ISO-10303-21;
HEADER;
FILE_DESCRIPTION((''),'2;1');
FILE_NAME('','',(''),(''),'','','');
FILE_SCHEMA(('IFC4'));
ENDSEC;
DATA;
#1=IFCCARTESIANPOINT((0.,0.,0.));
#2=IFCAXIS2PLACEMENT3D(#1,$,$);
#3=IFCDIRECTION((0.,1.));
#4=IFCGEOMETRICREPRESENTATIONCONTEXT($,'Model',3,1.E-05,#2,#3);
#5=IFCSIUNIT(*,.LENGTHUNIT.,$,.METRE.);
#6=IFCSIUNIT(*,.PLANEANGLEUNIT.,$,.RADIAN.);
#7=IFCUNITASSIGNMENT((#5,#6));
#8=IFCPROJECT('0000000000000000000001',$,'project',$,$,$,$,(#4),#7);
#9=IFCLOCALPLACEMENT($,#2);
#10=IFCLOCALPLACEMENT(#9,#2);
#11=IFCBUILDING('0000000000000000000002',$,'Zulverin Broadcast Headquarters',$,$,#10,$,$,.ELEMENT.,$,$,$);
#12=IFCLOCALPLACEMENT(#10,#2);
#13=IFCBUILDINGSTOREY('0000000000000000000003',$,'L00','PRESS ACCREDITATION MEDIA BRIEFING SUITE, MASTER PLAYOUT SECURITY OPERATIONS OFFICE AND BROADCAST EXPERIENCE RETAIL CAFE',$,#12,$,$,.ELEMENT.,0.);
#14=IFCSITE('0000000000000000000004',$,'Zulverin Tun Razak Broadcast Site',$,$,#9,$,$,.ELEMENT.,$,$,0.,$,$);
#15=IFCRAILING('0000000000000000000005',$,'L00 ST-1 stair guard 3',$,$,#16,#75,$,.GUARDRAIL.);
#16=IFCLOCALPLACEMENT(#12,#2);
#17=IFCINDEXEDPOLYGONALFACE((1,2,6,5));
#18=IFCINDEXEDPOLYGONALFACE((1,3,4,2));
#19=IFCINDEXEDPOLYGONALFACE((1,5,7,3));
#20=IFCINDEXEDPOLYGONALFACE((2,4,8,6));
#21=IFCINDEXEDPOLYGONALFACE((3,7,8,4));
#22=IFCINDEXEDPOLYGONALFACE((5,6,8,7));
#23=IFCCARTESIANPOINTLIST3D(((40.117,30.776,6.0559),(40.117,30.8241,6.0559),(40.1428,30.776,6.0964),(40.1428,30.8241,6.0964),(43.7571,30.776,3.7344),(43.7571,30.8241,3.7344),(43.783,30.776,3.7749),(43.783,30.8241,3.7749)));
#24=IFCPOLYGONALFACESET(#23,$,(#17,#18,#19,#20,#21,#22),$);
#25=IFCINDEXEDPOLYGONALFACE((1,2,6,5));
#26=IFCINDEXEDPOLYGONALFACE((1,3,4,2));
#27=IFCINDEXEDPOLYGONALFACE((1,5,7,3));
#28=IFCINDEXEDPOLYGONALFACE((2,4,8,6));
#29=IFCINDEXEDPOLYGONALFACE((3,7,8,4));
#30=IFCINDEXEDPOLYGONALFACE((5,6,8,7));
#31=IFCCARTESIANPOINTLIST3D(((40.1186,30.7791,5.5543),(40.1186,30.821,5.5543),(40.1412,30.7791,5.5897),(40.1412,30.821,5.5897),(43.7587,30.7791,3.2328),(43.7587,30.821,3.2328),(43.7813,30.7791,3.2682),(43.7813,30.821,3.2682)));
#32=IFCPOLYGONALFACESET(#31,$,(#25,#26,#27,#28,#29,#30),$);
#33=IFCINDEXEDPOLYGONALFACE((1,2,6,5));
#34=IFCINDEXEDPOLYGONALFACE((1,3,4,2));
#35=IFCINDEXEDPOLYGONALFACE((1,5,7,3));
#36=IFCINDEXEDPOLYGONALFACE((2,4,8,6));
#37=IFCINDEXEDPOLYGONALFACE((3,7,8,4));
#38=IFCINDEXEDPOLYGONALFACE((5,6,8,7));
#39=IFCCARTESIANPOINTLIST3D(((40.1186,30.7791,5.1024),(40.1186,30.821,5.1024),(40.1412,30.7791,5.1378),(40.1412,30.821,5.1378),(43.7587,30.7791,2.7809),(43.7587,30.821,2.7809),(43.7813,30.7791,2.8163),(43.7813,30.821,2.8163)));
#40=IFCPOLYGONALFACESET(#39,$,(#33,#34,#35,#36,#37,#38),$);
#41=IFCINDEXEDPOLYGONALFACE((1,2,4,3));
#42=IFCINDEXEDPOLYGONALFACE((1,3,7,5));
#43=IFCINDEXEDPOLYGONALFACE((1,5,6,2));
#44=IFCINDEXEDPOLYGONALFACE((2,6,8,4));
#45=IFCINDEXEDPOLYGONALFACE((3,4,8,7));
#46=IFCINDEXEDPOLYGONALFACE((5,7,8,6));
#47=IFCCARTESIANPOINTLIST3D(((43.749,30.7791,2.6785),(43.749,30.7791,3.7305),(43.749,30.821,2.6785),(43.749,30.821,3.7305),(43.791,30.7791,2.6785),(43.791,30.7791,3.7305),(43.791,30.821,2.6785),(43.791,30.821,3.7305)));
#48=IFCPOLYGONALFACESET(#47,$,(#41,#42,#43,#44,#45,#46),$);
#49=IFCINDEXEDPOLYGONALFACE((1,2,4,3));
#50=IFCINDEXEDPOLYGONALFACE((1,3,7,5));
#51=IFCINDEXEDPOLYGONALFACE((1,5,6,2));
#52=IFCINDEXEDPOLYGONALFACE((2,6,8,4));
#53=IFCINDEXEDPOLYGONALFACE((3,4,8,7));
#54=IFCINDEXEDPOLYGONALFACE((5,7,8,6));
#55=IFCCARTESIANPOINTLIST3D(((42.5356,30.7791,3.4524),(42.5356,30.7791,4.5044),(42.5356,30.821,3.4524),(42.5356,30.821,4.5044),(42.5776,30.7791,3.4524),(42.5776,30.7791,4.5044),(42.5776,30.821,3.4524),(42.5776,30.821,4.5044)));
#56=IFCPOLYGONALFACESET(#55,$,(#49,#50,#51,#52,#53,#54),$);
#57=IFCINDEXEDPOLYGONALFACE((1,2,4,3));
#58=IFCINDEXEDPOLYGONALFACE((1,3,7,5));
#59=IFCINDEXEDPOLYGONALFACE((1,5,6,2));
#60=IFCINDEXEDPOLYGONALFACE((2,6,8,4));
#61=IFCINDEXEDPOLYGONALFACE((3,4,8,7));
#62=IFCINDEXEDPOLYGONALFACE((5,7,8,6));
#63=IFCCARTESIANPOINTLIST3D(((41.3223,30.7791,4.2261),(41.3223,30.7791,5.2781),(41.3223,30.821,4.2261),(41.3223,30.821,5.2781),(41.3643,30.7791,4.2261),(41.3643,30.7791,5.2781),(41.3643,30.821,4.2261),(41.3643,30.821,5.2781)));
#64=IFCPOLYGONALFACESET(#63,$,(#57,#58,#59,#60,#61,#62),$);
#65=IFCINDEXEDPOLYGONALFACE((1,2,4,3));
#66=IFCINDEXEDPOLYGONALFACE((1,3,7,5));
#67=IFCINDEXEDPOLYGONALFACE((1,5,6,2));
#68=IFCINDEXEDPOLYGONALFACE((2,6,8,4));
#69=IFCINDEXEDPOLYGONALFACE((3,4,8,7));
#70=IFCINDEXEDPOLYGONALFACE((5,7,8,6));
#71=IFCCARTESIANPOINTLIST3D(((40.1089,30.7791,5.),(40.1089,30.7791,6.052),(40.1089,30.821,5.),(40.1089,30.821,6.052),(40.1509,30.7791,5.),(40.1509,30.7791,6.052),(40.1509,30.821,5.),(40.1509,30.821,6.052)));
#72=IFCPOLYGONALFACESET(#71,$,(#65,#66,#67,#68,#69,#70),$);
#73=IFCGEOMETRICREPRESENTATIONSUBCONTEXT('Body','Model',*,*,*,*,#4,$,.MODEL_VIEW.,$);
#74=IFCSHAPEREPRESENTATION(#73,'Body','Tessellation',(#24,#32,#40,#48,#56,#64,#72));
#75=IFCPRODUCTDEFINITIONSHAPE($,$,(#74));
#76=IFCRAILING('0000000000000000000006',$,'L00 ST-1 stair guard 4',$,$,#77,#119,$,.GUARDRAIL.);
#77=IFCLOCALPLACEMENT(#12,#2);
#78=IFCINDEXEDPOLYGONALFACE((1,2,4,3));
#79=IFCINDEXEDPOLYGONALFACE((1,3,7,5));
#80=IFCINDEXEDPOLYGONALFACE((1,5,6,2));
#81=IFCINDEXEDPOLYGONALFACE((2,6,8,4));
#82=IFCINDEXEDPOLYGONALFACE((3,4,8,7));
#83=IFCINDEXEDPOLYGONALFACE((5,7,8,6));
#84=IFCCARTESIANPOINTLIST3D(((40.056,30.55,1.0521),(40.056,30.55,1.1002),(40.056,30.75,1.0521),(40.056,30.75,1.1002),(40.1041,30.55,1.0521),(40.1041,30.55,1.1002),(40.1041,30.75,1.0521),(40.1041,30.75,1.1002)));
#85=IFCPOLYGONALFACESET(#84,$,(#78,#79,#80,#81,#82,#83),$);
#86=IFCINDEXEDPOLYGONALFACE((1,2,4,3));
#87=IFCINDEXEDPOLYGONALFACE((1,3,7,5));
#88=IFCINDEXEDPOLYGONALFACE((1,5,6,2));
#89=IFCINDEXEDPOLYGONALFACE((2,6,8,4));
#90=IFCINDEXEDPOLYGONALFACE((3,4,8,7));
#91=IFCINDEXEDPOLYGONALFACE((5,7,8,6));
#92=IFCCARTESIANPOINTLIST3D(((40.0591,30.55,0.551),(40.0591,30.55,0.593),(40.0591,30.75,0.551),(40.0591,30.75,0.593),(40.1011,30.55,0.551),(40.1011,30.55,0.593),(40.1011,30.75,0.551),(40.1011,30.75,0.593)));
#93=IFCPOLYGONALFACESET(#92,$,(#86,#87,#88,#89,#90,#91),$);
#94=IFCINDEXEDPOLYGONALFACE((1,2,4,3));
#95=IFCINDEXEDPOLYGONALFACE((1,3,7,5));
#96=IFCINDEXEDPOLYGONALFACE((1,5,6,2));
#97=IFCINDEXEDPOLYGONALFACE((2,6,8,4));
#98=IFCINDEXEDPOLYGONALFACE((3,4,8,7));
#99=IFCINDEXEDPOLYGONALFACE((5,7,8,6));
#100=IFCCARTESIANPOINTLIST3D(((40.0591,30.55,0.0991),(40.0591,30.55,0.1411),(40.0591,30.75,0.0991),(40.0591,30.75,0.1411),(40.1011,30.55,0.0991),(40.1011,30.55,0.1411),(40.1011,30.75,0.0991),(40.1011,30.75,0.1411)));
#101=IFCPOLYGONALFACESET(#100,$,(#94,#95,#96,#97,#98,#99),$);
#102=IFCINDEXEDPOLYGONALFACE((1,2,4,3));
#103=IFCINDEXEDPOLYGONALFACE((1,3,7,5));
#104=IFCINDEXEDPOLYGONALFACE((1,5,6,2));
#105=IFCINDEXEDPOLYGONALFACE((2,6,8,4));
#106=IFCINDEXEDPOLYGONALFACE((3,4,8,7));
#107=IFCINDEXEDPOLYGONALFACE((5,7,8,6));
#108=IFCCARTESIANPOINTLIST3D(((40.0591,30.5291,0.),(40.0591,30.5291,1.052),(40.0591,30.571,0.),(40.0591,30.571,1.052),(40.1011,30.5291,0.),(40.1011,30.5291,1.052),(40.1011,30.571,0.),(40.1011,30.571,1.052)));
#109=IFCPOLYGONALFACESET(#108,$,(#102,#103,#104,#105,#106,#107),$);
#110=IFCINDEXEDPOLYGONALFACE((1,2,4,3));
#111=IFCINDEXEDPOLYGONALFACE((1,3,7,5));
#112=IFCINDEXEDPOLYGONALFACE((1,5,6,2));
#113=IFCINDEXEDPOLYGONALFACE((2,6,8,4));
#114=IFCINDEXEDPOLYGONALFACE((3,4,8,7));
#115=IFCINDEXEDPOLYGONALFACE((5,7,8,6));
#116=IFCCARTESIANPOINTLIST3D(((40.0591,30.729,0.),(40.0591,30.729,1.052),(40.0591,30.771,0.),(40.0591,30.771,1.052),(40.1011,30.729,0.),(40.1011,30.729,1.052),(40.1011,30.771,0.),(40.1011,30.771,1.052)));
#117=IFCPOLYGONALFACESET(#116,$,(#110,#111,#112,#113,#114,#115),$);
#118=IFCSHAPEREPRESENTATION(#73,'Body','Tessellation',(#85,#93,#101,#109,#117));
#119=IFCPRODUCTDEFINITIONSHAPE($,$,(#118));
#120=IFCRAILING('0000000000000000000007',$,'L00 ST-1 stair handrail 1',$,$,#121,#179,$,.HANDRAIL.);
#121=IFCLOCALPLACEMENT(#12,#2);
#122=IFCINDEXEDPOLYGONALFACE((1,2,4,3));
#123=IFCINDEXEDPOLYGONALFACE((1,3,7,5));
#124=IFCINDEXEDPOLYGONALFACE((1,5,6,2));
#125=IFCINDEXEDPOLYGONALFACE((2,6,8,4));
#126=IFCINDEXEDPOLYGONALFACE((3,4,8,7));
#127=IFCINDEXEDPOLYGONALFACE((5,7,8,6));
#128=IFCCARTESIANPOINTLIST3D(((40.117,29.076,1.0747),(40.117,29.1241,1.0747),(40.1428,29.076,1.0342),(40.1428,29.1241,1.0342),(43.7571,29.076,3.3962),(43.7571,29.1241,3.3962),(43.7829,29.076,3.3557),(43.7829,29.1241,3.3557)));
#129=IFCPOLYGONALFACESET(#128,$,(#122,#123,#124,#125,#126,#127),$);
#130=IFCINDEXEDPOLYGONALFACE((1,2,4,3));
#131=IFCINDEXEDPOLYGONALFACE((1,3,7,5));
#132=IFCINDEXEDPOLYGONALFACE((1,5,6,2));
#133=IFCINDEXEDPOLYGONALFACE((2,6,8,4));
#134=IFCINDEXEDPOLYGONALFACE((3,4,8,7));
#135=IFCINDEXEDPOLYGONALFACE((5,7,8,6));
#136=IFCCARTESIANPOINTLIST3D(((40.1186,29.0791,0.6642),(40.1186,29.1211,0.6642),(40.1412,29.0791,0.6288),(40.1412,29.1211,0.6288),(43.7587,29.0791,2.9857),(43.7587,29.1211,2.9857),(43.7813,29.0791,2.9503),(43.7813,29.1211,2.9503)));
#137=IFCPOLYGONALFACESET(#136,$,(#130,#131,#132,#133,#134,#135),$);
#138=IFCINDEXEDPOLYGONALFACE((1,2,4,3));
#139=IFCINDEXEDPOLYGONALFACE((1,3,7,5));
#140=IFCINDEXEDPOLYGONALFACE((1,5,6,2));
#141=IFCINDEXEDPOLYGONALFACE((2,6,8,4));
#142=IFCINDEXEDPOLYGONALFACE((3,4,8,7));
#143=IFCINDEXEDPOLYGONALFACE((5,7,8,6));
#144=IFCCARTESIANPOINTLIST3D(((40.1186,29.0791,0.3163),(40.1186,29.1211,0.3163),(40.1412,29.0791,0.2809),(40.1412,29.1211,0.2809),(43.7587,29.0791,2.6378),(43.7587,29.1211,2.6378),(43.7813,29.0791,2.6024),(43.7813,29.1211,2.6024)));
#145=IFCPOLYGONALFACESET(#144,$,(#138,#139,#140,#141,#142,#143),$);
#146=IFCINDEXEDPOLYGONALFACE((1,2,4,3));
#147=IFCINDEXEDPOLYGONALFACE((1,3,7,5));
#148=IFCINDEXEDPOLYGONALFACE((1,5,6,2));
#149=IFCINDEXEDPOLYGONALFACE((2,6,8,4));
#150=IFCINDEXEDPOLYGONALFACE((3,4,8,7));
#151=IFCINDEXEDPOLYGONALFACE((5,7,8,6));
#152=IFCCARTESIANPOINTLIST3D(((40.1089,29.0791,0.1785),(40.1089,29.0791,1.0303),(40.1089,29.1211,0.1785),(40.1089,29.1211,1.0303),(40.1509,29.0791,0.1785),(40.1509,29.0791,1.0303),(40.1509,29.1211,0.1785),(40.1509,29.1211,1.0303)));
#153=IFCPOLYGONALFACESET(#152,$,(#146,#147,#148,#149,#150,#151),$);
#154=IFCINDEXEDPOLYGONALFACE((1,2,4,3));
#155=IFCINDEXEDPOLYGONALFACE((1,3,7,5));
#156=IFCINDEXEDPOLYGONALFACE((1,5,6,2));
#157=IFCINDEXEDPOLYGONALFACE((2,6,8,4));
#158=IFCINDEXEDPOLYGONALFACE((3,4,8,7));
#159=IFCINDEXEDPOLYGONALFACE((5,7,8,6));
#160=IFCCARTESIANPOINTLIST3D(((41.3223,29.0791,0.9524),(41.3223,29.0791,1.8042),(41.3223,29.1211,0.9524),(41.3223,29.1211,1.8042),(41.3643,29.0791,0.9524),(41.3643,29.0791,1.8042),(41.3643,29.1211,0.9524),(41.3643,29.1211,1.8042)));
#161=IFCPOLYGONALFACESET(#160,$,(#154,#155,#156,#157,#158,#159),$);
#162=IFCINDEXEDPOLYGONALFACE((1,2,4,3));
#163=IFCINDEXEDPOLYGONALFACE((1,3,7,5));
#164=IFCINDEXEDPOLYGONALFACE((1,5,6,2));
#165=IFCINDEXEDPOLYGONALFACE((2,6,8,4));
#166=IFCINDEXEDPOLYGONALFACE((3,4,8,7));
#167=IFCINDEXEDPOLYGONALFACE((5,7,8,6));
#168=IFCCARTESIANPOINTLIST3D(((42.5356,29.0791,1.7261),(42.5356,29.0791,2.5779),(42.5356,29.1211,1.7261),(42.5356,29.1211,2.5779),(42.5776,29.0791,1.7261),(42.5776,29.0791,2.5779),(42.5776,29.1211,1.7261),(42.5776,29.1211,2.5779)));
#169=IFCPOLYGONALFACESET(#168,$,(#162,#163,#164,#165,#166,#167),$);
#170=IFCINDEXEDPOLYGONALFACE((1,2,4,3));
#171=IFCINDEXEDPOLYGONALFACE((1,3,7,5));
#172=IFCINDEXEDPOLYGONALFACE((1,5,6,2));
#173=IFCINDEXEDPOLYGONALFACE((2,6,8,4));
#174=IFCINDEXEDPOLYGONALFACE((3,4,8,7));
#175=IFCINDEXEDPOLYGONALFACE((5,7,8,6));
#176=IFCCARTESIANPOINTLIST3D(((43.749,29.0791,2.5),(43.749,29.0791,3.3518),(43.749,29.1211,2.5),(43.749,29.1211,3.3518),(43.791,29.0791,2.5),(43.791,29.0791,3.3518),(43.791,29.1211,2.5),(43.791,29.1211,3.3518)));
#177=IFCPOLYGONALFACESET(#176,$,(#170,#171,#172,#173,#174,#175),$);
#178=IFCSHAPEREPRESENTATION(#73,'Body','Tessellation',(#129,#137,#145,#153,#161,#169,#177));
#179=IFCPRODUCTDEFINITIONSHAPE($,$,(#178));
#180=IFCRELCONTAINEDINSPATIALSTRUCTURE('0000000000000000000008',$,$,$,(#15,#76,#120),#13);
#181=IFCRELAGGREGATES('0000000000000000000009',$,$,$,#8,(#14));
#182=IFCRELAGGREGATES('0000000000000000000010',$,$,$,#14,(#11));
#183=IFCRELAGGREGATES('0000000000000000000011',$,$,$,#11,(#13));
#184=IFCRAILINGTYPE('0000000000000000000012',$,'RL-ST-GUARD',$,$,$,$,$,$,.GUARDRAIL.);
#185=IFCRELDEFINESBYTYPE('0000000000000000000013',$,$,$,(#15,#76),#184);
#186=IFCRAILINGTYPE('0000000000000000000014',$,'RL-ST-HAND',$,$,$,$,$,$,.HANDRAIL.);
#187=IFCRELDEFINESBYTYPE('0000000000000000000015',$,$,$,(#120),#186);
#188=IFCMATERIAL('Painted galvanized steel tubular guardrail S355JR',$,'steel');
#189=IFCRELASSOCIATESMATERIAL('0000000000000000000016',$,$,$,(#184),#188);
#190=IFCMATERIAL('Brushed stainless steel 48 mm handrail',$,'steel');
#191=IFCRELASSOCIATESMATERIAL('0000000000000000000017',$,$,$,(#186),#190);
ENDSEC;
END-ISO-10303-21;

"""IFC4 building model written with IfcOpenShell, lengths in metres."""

from ifc_helpers import new_model, si_unit, direction, frame, origin, origin_2d, place, context, subcontext, project, spatial, rectangle, extrude, material, type_object, element, save


model = new_model("IFC4")

# Units and contexts
model_context = context("Model", 3, precision=1e-05, world=origin(), true_north=direction((0.0, 1.0)))
body_context = subcontext(model_context, "Body", "Model", "MODEL_VIEW")
ifc_project = project(units=[si_unit("LENGTHUNIT", "METRE"), si_unit("PLANEANGLEUNIT", "RADIAN")], contexts=[model_context])

# Site, building, storey
site_placement = place(None, origin())
site = spatial("IfcSite", under=ifc_project, at=site_placement, Name="Zulverin Tun Razak Broadcast Site", CompositionType="ELEMENT", RefElevation=0.0)
building_placement = place(site_placement, origin())
building = spatial("IfcBuilding", under=site, at=building_placement, Name="Zulverin Broadcast Headquarters", CompositionType="ELEMENT")
storey_placement = place(building_placement, origin())
storey = spatial("IfcBuildingStorey", under=building, at=storey_placement, Name="L00", Description="PRESS ACCREDITATION MEDIA BRIEFING SUITE, MASTER PLAYOUT SECURITY OPERATIONS OFFICE AND BROADCAST EXPERIENCE RETAIL CAFE", CompositionType="ELEMENT", Elevation=0.0)

# Railings
ifc_material_1 = material(Name="Painted galvanized steel tubular guardrail S355JR", Category="steel")
railing_type_1 = type_object("IfcRailingType", Name="RL-ST-GUARD", PredefinedType="GUARDRAIL", material=ifc_material_1)
railing_1_placement = place(storey_placement, frame((43.77, 30.8, 2.6785)))
element("IfcRailing", 1, at=railing_1_placement, inside=storey, type_object=railing_type_1, Name="L00 ST-1 stair guard 3", PredefinedType="GUARDRAIL", context=body_context, shape_type="SweptSolid", body=[
    extrude(rectangle(XDim=0.0481, YDim=0.0481, at=origin_2d()), frame((0.0, 0.0, 1.0762), z_axis=(-0.843128, 0.0, 0.537713), x_axis=(0.0, -1.0, 0.0)), (0.0, 0.0, 1.0), 4.3174),
    extrude(rectangle(XDim=0.042, YDim=0.042, at=origin_2d()), frame((0.0, 0.0, 0.572), z_axis=(-0.843128, 0.0, 0.537713), x_axis=(0.0, -1.0, 0.0)), (0.0, 0.0, 1.0), 4.3174),
    extrude(rectangle(XDim=0.042, YDim=0.042, at=origin_2d()), frame((0.0, 0.0, 0.1201), z_axis=(-0.843128, 0.0, 0.537713), x_axis=(0.0, -1.0, 0.0)), (0.0, 0.0, 1.0), 4.3174),
    extrude(rectangle(XDim=0.042, YDim=0.042, at=origin_2d()), origin(), (0.0, 0.0, 1.0), 1.052),
    extrude(rectangle(XDim=0.042, YDim=0.042, at=origin_2d()), frame((-1.2134, 0.0, 0.7739)), (0.0, 0.0, 1.0), 1.052),
    extrude(rectangle(XDim=0.042, YDim=0.042, at=origin_2d()), frame((-2.4268, 0.0, 1.5476)), (0.0, 0.0, 1.0), 1.052),
    extrude(rectangle(XDim=0.042, YDim=0.042, at=origin_2d()), frame((-3.6401, 0.0, 2.3215)), (0.0, 0.0, 1.0), 1.052),
])
railing_2_placement = place(storey_placement, frame((40.0801, 30.55, 0.0)))
element("IfcRailing", 2, at=railing_2_placement, inside=storey, type_object=railing_type_1, Name="L00 ST-1 stair guard 4", PredefinedType="GUARDRAIL", context=body_context, shape_type="SweptSolid", body=[
    extrude(rectangle(XDim=0.0481, YDim=0.0481, at=origin_2d()), frame((0.0, 0.0, 1.0762), z_axis=(0.0, 1.0, 0.0), x_axis=(-1.0, 0.0, 0.0)), (0.0, 0.0, 1.0), 0.2),
    extrude(rectangle(XDim=0.042, YDim=0.042, at=origin_2d()), frame((0.0, 0.0, 0.572), z_axis=(0.0, 1.0, 0.0), x_axis=(-1.0, 0.0, 0.0)), (0.0, 0.0, 1.0), 0.2),
    extrude(rectangle(XDim=0.042, YDim=0.042, at=origin_2d()), frame((0.0, 0.0, 0.1201), z_axis=(0.0, 1.0, 0.0), x_axis=(-1.0, 0.0, 0.0)), (0.0, 0.0, 1.0), 0.2),
    extrude(rectangle(XDim=0.042, YDim=0.042, at=origin_2d()), origin(), (0.0, 0.0, 1.0), 1.052),
    extrude(rectangle(XDim=0.042, YDim=0.042, at=origin_2d()), frame((0.0, 0.2, 0.0)), (0.0, 0.0, 1.0), 1.052),
])
ifc_material_2 = material(Name="Brushed stainless steel 48 mm handrail", Category="steel")
railing_type_2 = type_object("IfcRailingType", Name="RL-ST-HAND", PredefinedType="HANDRAIL", material=ifc_material_2)
railing_3_placement = place(storey_placement, frame((40.1299, 29.1001, 0.1785)))
element("IfcRailing", 3, at=railing_3_placement, inside=storey, type_object=railing_type_2, Name="L00 ST-1 stair handrail 1", PredefinedType="HANDRAIL", context=body_context, shape_type="SweptSolid", body=[
    extrude(rectangle(XDim=0.0481, YDim=0.0481, at=origin_2d()), frame((0.0, 0.0, 0.876), z_axis=(0.843128, 0.0, 0.537713), x_axis=(0.0, 1.0, 0.0)), (0.0, 0.0, 1.0), 4.3174),
    extrude(rectangle(XDim=0.042, YDim=0.042, at=origin_2d()), frame((0.0, 0.0, 0.468), z_axis=(0.843128, 0.0, 0.537713), x_axis=(0.0, 1.0, 0.0)), (0.0, 0.0, 1.0), 4.3174),
    extrude(rectangle(XDim=0.042, YDim=0.042, at=origin_2d()), frame((0.0, 0.0, 0.1201), z_axis=(0.843128, 0.0, 0.537713), x_axis=(0.0, 1.0, 0.0)), (0.0, 0.0, 1.0), 4.3174),
    extrude(rectangle(XDim=0.042, YDim=0.042, at=origin_2d()), origin(), (0.0, 0.0, 1.0), 0.8518),
    extrude(rectangle(XDim=0.042, YDim=0.042, at=origin_2d()), frame((1.2134, 0.0, 0.7739)), (0.0, 0.0, 1.0), 0.8518),
    extrude(rectangle(XDim=0.042, YDim=0.042, at=origin_2d()), frame((2.4268, 0.0, 1.5476)), (0.0, 0.0, 1.0), 0.8518),
    extrude(rectangle(XDim=0.042, YDim=0.042, at=origin_2d()), frame((3.6401, 0.0, 2.3215)), (0.0, 0.0, 1.0), 0.8518),
])

save(model, "model.ifc")
